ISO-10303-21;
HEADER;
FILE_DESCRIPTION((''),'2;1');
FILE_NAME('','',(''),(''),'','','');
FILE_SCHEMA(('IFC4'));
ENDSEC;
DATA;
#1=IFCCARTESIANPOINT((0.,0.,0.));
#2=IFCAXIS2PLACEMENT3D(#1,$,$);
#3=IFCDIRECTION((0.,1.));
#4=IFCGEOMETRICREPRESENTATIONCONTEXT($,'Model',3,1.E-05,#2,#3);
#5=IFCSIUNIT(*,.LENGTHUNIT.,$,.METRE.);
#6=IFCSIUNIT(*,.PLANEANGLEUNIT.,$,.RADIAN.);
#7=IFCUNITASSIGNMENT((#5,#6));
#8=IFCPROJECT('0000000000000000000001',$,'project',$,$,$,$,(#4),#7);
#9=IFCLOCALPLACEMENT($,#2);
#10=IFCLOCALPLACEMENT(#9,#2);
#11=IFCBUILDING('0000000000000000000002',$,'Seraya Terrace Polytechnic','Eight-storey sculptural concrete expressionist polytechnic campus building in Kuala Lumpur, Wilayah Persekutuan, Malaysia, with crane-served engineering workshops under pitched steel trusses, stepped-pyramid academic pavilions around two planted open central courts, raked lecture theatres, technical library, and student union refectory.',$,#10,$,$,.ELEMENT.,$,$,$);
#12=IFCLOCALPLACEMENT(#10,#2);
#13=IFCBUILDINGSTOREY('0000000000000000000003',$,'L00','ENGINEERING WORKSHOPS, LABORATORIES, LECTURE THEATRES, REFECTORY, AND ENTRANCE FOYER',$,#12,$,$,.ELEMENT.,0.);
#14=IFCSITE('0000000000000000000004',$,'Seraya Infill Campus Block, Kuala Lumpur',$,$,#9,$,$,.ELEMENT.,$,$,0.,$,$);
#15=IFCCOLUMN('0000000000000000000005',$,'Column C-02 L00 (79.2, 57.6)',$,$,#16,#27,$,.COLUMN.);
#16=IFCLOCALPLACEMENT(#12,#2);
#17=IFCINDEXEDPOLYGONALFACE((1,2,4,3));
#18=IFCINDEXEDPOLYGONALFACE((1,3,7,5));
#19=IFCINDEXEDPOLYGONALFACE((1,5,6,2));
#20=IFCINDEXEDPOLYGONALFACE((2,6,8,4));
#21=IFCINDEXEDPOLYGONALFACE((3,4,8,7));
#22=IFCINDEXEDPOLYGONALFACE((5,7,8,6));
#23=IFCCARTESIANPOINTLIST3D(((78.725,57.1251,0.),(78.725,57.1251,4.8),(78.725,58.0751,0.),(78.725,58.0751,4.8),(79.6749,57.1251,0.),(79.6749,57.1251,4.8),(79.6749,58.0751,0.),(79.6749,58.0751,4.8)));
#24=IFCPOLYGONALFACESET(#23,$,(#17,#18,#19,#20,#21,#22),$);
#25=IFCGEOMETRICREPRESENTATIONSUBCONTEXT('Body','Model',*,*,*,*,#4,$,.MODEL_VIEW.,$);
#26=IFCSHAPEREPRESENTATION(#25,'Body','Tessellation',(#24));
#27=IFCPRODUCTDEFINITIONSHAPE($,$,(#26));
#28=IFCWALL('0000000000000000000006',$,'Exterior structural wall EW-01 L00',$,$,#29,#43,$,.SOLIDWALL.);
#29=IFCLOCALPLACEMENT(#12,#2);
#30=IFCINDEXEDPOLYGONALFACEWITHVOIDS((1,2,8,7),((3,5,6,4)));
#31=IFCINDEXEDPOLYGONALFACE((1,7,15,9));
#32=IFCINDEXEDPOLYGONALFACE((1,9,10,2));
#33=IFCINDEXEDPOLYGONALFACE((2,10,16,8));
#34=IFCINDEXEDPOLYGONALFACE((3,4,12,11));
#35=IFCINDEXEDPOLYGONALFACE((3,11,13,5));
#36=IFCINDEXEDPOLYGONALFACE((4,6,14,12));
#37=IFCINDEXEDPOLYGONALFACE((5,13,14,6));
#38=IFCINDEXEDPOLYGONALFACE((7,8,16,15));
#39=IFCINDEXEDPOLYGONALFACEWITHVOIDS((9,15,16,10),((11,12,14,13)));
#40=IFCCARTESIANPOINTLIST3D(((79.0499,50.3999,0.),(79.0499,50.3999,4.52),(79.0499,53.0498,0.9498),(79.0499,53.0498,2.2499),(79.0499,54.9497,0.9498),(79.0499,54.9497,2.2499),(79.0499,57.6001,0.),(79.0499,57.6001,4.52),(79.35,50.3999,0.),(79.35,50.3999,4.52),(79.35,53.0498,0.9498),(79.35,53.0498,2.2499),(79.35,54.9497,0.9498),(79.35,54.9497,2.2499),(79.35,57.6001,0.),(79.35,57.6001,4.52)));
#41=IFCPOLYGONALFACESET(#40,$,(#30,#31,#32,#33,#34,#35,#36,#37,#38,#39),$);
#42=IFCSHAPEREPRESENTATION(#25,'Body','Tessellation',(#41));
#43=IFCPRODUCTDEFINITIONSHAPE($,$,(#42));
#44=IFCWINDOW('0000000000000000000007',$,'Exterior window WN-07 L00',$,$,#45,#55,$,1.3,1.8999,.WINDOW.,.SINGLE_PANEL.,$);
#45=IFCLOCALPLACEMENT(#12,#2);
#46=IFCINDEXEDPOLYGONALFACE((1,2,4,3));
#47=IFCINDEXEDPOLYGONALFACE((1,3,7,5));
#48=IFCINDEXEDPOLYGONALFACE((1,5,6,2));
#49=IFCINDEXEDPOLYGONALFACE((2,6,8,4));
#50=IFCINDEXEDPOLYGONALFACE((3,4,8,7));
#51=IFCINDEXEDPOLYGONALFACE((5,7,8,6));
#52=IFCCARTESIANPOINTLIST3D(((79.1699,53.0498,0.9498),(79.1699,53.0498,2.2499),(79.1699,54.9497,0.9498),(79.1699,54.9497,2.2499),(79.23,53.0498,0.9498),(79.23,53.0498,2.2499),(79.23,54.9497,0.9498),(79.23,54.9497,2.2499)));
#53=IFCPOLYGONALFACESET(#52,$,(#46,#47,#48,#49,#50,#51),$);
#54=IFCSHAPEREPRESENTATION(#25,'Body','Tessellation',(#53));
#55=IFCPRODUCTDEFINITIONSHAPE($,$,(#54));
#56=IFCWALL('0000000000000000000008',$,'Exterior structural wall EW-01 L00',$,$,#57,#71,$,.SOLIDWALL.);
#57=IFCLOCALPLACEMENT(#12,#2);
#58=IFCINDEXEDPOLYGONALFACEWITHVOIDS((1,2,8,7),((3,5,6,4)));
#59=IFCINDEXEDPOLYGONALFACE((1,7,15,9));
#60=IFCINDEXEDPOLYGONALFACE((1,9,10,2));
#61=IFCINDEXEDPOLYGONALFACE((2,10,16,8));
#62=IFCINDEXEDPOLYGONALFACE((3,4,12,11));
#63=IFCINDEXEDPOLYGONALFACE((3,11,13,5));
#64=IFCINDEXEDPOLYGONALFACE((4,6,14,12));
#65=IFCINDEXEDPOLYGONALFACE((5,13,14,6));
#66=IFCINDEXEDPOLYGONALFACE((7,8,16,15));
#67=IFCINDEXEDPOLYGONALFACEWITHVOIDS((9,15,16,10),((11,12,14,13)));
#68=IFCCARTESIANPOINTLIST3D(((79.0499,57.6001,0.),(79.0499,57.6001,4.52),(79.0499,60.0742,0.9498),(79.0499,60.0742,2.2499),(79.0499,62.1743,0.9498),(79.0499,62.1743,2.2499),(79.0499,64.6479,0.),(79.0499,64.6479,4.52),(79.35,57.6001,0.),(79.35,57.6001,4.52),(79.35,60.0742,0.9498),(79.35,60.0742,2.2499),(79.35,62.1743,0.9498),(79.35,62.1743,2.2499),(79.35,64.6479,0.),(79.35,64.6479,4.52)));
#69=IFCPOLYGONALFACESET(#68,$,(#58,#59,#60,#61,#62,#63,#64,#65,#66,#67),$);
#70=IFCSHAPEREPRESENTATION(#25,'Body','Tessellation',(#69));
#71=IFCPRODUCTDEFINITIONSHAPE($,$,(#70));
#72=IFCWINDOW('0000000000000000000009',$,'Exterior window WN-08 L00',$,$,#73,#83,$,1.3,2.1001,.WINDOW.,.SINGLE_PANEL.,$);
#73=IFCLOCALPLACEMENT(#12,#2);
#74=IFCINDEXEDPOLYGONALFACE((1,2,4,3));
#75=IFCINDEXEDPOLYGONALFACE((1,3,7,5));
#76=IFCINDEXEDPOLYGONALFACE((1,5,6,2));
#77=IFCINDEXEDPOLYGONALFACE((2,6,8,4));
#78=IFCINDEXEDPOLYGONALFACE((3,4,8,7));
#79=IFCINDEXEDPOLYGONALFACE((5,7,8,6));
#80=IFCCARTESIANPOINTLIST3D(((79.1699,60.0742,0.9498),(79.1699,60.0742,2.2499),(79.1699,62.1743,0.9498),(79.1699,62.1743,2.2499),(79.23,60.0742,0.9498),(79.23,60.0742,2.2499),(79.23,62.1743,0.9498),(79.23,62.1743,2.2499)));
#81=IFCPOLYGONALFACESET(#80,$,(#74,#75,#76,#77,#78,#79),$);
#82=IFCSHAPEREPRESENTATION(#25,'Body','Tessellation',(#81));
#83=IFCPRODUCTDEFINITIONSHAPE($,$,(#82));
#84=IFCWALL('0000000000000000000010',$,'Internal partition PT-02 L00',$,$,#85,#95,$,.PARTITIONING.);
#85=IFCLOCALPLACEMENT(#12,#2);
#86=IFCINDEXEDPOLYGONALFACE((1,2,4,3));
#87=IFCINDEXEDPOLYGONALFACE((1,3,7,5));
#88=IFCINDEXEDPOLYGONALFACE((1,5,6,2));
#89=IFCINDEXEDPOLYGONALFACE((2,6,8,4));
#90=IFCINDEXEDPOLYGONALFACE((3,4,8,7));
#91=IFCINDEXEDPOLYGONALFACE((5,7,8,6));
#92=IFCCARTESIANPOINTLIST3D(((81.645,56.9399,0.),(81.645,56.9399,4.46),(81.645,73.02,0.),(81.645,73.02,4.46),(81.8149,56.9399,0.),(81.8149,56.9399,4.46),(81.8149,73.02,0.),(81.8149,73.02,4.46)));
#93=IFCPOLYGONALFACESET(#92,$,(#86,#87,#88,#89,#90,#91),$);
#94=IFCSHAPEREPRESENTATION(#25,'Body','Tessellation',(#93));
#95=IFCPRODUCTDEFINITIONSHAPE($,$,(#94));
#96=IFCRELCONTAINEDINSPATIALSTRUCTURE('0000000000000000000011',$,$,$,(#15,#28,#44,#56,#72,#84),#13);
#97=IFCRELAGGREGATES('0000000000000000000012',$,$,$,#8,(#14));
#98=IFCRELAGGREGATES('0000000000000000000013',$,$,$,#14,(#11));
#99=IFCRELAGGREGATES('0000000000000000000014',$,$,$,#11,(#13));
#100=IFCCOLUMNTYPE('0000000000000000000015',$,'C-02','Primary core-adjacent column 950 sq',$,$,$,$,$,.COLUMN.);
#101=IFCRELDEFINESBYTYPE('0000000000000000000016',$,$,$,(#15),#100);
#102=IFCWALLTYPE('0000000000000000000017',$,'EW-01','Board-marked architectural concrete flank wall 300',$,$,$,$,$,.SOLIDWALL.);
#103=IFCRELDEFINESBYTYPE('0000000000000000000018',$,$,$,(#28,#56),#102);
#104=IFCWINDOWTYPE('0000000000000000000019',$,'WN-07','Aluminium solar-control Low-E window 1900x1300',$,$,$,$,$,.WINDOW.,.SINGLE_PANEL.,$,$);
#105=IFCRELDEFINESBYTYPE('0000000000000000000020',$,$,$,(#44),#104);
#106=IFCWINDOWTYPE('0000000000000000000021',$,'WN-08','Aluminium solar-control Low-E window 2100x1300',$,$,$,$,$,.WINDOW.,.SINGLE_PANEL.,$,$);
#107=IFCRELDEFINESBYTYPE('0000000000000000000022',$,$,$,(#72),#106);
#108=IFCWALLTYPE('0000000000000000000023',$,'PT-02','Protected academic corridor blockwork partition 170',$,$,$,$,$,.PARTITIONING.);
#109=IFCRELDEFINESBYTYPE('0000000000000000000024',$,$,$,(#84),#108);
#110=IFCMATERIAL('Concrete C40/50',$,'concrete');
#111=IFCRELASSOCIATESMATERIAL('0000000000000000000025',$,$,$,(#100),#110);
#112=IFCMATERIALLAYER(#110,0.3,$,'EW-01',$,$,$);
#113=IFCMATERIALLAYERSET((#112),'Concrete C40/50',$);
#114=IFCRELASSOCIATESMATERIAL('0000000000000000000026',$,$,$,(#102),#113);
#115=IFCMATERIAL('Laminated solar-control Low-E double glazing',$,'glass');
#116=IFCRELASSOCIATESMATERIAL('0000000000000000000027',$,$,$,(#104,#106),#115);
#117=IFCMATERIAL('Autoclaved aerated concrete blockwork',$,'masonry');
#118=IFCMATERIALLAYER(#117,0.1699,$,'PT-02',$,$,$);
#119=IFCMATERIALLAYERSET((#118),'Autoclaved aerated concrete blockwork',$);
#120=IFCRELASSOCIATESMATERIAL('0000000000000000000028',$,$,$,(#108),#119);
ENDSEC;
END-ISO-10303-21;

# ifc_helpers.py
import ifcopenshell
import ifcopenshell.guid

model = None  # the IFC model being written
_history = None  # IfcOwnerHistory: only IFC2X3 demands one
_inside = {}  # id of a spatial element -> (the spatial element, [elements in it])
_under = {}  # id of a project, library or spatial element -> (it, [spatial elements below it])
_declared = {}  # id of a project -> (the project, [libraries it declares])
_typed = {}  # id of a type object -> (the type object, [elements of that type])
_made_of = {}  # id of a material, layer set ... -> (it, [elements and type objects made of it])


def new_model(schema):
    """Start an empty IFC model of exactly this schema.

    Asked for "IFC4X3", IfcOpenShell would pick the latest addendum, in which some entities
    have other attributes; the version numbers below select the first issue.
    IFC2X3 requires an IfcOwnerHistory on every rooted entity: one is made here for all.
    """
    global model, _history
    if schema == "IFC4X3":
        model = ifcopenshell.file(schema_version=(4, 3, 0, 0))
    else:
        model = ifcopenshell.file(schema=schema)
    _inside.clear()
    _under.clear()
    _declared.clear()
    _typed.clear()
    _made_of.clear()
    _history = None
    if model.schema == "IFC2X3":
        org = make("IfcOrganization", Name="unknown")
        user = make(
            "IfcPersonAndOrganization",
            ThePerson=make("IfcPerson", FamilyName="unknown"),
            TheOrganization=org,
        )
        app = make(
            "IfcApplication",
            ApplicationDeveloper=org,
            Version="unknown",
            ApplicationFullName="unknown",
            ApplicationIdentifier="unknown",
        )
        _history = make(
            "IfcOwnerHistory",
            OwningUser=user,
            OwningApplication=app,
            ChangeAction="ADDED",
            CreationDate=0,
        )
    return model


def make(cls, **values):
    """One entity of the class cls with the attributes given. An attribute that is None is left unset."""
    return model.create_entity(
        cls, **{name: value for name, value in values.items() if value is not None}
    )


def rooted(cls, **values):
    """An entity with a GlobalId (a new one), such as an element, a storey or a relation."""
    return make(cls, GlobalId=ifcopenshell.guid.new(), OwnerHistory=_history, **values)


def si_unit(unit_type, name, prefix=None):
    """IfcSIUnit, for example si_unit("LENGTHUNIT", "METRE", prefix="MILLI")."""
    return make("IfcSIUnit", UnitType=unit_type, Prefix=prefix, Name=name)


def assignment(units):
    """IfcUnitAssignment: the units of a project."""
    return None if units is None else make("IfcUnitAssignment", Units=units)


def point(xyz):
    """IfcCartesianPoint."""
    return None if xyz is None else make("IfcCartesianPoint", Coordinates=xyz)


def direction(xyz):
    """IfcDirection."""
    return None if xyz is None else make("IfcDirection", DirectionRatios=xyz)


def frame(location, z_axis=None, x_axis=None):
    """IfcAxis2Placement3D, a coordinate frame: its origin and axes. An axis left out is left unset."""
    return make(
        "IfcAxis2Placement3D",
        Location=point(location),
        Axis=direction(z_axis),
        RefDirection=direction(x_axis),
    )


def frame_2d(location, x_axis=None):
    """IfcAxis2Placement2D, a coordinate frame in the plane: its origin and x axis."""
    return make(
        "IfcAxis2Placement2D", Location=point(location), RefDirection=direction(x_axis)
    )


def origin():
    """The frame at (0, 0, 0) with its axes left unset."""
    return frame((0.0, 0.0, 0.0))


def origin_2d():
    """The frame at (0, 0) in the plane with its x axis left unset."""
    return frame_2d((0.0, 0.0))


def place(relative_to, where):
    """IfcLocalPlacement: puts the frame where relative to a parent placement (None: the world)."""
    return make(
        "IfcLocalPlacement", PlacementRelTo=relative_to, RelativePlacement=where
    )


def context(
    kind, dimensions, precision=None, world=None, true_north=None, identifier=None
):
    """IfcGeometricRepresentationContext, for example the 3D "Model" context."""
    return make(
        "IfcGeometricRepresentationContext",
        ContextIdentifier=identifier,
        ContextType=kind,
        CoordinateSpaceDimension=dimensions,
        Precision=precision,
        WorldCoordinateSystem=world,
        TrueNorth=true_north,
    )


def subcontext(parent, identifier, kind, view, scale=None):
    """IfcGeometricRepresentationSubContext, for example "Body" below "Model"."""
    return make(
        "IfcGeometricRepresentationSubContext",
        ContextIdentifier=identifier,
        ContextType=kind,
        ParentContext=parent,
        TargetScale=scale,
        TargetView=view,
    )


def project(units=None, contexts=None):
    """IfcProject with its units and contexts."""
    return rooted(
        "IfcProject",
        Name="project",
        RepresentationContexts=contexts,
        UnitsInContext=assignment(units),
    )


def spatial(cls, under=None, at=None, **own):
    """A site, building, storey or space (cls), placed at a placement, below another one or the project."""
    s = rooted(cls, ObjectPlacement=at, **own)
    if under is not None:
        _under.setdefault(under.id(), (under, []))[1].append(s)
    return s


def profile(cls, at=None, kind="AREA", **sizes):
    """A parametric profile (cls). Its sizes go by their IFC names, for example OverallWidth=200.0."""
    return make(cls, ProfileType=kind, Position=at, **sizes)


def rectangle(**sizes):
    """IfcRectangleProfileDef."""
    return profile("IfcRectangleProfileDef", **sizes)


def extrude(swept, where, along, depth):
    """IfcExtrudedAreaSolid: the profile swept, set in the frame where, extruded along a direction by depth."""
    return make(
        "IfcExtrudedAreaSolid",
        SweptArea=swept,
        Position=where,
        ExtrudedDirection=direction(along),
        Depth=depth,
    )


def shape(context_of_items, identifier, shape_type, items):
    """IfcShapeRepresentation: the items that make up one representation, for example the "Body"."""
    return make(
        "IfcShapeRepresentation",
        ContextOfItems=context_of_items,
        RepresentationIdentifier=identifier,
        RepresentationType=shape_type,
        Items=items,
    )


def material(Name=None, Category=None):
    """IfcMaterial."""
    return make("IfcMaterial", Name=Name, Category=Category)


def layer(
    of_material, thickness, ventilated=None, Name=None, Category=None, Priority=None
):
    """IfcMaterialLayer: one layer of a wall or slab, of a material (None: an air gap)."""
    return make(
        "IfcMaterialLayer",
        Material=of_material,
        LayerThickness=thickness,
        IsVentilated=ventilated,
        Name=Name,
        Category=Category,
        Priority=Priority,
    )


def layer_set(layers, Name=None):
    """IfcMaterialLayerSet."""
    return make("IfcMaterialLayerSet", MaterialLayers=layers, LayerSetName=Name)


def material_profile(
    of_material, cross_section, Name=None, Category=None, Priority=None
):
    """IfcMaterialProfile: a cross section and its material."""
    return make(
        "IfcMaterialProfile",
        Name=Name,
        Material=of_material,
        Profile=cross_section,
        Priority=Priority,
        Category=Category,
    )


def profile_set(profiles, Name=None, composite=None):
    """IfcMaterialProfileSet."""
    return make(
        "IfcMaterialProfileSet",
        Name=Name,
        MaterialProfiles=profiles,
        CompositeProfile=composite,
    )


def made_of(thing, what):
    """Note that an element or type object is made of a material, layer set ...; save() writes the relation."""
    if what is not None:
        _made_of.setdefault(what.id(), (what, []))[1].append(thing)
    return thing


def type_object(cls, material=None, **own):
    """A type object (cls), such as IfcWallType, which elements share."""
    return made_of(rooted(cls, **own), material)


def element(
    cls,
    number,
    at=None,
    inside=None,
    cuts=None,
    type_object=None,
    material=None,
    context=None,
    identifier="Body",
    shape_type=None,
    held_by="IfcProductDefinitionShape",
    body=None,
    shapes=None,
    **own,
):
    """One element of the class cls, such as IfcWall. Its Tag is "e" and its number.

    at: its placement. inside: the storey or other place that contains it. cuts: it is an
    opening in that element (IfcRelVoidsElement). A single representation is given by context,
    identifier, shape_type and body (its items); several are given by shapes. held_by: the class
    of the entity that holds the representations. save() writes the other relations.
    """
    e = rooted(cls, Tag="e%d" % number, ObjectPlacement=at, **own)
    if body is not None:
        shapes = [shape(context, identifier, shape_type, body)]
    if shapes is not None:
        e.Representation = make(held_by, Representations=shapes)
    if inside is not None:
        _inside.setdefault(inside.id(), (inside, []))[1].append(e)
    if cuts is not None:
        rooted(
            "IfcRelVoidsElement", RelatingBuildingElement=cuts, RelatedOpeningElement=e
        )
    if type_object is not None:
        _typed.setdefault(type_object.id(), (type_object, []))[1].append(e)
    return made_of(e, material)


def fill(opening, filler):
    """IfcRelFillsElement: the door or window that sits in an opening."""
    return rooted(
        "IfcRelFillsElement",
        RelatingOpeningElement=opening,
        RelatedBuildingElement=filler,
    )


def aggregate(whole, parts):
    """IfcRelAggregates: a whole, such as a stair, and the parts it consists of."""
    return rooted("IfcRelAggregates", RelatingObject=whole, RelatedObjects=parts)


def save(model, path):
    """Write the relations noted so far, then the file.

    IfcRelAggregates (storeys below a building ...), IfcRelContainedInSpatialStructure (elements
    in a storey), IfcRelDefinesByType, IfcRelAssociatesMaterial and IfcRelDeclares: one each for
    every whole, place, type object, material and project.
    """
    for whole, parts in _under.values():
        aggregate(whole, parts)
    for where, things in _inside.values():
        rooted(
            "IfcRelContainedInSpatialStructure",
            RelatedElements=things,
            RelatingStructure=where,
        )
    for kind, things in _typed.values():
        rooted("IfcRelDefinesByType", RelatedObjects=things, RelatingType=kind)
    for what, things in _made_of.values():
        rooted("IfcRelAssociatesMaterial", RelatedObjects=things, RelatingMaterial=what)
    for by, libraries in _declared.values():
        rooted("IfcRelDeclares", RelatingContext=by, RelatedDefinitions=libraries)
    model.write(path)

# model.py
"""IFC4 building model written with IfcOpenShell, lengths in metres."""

from ifc_helpers import new_model, si_unit, direction, frame, frame_2d, origin, origin_2d, place, context, subcontext, project, spatial, rectangle, extrude, material, layer, layer_set, material_profile, profile_set, type_object, element, fill, save


model = new_model("IFC4")

# Units and contexts
model_context = context("Model", 3, precision=1e-05, world=origin(), true_north=direction((0.0, 1.0)))
body_context = subcontext(model_context, "Body", "Model", "MODEL_VIEW")
ifc_project = project(units=[si_unit("LENGTHUNIT", "METRE"), si_unit("PLANEANGLEUNIT", "RADIAN")], contexts=[model_context])

# Site, building, storey
site_placement = place(None, origin())
site = spatial("IfcSite", under=ifc_project, at=site_placement, Name="Seraya Infill Campus Block, Kuala Lumpur", CompositionType="ELEMENT", RefElevation=0.0)
building_placement = place(site_placement, origin())
building = spatial("IfcBuilding", under=site, at=building_placement, Name="Seraya Terrace Polytechnic", Description="Eight-storey sculptural concrete expressionist polytechnic campus building in Kuala Lumpur, Wilayah Persekutuan, Malaysia, with crane-served engineering workshops under pitched steel trusses, stepped-pyramid academic pavilions around two planted open central courts, raked lecture theatres, technical library, and student union refectory.", CompositionType="ELEMENT")
storey_placement = place(building_placement, origin())
storey = spatial("IfcBuildingStorey", under=building, at=storey_placement, Name="L00", Description="ENGINEERING WORKSHOPS, LABORATORIES, LECTURE THEATRES, REFECTORY, AND ENTRANCE FOYER", CompositionType="ELEMENT", Elevation=0.0)

# Shared definitions
ifc_material_1 = material(Name="Concrete C40/50", Category="concrete")

# Column
ifc_material_profile_1 = material_profile(ifc_material_1, rectangle(XDim=0.95, YDim=0.95, at=origin_2d()), Name="RC 950x950")
ifc_profile_set_1 = profile_set([ifc_material_profile_1], Name="Concrete C40/50")
column_type_1 = type_object("IfcColumnType", Name="C-02", Description="Primary core-adjacent column 950 sq", PredefinedType="COLUMN", material=ifc_profile_set_1)
column_1_placement = place(storey_placement, frame((79.2, 57.6001, 0.0), z_axis=(0.0, 0.0, 1.0), x_axis=(1.0, 0.0, 0.0)))
element("IfcColumn", 1, at=column_1_placement, inside=storey, type_object=column_type_1, Name="Column C-02 L00 (79.2, 57.6)", PredefinedType="COLUMN", context=body_context, shape_type="SweptSolid", body=[
    extrude(rectangle(XDim=0.95, YDim=0.95, at=origin_2d()), origin(), (0.0, 0.0, 1.0), 4.8),
])

# Walls, openings, windows
ifc_layer_1 = layer(ifc_material_1, 0.3, Name="EW-01")
ifc_layer_set_1 = layer_set([ifc_layer_1], Name="Concrete C40/50")
wall_type_1 = type_object("IfcWallType", Name="EW-01", Description="Board-marked architectural concrete flank wall 300", PredefinedType="SOLIDWALL", material=ifc_layer_set_1)
wall_1_placement = place(storey_placement, frame((79.2, 50.3999, 0.0), z_axis=(0.0, 0.0, 1.0), x_axis=(0.0, 1.0, 0.0)))
wall_1 = element("IfcWall", 2, at=wall_1_placement, inside=storey, type_object=wall_type_1, Name="Exterior structural wall EW-01 L00", PredefinedType="SOLIDWALL", context=body_context, shape_type="SweptSolid", body=[
    extrude(rectangle(XDim=7.2002, YDim=0.3, at=frame_2d((3.6001, 0.0))), origin(), (0.0, 0.0, 1.0), 4.52),
])
opening_1_placement = place(wall_1_placement, frame((2.6499, 0.0, 0.95)))
opening_1 = element("IfcOpeningElement", 3, at=opening_1_placement, cuts=wall_1, PredefinedType="OPENING", context=body_context, shape_type="SweptSolid", body=[
    extrude(rectangle(XDim=1.8999, YDim=1.3, at=frame_2d((0.95, 0.6499))), frame((0.0, 0.1621, 0.0), z_axis=(0.0, -1.0, 0.0), x_axis=(1.0, 0.0, 0.0)), (0.0, 0.0, 1.0), 0.324),
])
ifc_material_2 = material(Name="Laminated solar-control Low-E double glazing", Category="glass")
window_type_1 = type_object("IfcWindowType", Name="WN-07", Description="Aluminium solar-control Low-E window 1900x1300", PartitioningType="SINGLE_PANEL", PredefinedType="WINDOW", material=ifc_material_2)
window_1_placement = place(opening_1_placement, origin())
window_1 = element("IfcWindow", 4, at=window_1_placement, inside=storey, type_object=window_type_1, Name="Exterior window WN-07 L00", OverallHeight=1.3, OverallWidth=1.8999, PartitioningType="SINGLE_PANEL", PredefinedType="WINDOW", context=body_context, shape_type="SweptSolid", body=[
    extrude(rectangle(XDim=1.8999, YDim=1.3, at=frame_2d((0.95, 0.6499))), frame((0.0, 0.03, 0.0), z_axis=(0.0, -1.0, 0.0), x_axis=(1.0, 0.0, 0.0)), (0.0, 0.0, 1.0), 0.0601),
])
fill(opening_1, window_1)
wall_2_placement = place(storey_placement, frame((79.2, 57.6001, 0.0), z_axis=(0.0, 0.0, 1.0), x_axis=(0.0, 1.0, 0.0)))
wall_2 = element("IfcWall", 5, at=wall_2_placement, inside=storey, type_object=wall_type_1, Name="Exterior structural wall EW-01 L00", PredefinedType="SOLIDWALL", context=body_context, shape_type="SweptSolid", body=[
    extrude(rectangle(XDim=7.0479, YDim=0.3, at=frame_2d((3.5239, 0.0))), origin(), (0.0, 0.0, 1.0), 4.52),
])
opening_2_placement = place(wall_2_placement, frame((2.4741, 0.0, 0.95)))
opening_2 = element("IfcOpeningElement", 6, at=opening_2_placement, cuts=wall_2, PredefinedType="OPENING", context=body_context, shape_type="SweptSolid", body=[
    extrude(rectangle(XDim=2.1001, YDim=1.3, at=frame_2d((1.05, 0.6499))), frame((0.0, 0.1621, 0.0), z_axis=(0.0, -1.0, 0.0), x_axis=(1.0, 0.0, 0.0)), (0.0, 0.0, 1.0), 0.324),
])
window_type_2 = type_object("IfcWindowType", Name="WN-08", Description="Aluminium solar-control Low-E window 2100x1300", PartitioningType="SINGLE_PANEL", PredefinedType="WINDOW", material=ifc_material_2)
window_2_placement = place(opening_2_placement, origin())
window_2 = element("IfcWindow", 7, at=window_2_placement, inside=storey, type_object=window_type_2, Name="Exterior window WN-08 L00", OverallHeight=1.3, OverallWidth=2.1001, PartitioningType="SINGLE_PANEL", PredefinedType="WINDOW", context=body_context, shape_type="SweptSolid", body=[
    extrude(rectangle(XDim=2.1001, YDim=1.3, at=frame_2d((1.05, 0.6499))), frame((0.0, 0.03, 0.0), z_axis=(0.0, -1.0, 0.0), x_axis=(1.0, 0.0, 0.0)), (0.0, 0.0, 1.0), 0.0601),
])
fill(opening_2, window_2)

# Wall
ifc_material_3 = material(Name="Autoclaved aerated concrete blockwork", Category="masonry")
ifc_layer_2 = layer(ifc_material_3, 0.1699, Name="PT-02")
ifc_layer_set_2 = layer_set([ifc_layer_2], Name="Autoclaved aerated concrete blockwork")
wall_type_2 = type_object("IfcWallType", Name="PT-02", Description="Protected academic corridor blockwork partition 170", PredefinedType="PARTITIONING", material=ifc_layer_set_2)
wall_3_placement = place(storey_placement, frame((81.73, 56.9399, 0.0), z_axis=(0.0, 0.0, 1.0), x_axis=(0.0, 1.0, 0.0)))
element("IfcWall", 8, at=wall_3_placement, inside=storey, type_object=wall_type_2, Name="Internal partition PT-02 L00", PredefinedType="PARTITIONING", context=body_context, shape_type="SweptSolid", body=[
    extrude(rectangle(XDim=16.0801, YDim=0.1699, at=frame_2d((8.04, 0.0))), origin(), (0.0, 0.0, 1.0), 4.46),
])

save(model, "model.ifc")
